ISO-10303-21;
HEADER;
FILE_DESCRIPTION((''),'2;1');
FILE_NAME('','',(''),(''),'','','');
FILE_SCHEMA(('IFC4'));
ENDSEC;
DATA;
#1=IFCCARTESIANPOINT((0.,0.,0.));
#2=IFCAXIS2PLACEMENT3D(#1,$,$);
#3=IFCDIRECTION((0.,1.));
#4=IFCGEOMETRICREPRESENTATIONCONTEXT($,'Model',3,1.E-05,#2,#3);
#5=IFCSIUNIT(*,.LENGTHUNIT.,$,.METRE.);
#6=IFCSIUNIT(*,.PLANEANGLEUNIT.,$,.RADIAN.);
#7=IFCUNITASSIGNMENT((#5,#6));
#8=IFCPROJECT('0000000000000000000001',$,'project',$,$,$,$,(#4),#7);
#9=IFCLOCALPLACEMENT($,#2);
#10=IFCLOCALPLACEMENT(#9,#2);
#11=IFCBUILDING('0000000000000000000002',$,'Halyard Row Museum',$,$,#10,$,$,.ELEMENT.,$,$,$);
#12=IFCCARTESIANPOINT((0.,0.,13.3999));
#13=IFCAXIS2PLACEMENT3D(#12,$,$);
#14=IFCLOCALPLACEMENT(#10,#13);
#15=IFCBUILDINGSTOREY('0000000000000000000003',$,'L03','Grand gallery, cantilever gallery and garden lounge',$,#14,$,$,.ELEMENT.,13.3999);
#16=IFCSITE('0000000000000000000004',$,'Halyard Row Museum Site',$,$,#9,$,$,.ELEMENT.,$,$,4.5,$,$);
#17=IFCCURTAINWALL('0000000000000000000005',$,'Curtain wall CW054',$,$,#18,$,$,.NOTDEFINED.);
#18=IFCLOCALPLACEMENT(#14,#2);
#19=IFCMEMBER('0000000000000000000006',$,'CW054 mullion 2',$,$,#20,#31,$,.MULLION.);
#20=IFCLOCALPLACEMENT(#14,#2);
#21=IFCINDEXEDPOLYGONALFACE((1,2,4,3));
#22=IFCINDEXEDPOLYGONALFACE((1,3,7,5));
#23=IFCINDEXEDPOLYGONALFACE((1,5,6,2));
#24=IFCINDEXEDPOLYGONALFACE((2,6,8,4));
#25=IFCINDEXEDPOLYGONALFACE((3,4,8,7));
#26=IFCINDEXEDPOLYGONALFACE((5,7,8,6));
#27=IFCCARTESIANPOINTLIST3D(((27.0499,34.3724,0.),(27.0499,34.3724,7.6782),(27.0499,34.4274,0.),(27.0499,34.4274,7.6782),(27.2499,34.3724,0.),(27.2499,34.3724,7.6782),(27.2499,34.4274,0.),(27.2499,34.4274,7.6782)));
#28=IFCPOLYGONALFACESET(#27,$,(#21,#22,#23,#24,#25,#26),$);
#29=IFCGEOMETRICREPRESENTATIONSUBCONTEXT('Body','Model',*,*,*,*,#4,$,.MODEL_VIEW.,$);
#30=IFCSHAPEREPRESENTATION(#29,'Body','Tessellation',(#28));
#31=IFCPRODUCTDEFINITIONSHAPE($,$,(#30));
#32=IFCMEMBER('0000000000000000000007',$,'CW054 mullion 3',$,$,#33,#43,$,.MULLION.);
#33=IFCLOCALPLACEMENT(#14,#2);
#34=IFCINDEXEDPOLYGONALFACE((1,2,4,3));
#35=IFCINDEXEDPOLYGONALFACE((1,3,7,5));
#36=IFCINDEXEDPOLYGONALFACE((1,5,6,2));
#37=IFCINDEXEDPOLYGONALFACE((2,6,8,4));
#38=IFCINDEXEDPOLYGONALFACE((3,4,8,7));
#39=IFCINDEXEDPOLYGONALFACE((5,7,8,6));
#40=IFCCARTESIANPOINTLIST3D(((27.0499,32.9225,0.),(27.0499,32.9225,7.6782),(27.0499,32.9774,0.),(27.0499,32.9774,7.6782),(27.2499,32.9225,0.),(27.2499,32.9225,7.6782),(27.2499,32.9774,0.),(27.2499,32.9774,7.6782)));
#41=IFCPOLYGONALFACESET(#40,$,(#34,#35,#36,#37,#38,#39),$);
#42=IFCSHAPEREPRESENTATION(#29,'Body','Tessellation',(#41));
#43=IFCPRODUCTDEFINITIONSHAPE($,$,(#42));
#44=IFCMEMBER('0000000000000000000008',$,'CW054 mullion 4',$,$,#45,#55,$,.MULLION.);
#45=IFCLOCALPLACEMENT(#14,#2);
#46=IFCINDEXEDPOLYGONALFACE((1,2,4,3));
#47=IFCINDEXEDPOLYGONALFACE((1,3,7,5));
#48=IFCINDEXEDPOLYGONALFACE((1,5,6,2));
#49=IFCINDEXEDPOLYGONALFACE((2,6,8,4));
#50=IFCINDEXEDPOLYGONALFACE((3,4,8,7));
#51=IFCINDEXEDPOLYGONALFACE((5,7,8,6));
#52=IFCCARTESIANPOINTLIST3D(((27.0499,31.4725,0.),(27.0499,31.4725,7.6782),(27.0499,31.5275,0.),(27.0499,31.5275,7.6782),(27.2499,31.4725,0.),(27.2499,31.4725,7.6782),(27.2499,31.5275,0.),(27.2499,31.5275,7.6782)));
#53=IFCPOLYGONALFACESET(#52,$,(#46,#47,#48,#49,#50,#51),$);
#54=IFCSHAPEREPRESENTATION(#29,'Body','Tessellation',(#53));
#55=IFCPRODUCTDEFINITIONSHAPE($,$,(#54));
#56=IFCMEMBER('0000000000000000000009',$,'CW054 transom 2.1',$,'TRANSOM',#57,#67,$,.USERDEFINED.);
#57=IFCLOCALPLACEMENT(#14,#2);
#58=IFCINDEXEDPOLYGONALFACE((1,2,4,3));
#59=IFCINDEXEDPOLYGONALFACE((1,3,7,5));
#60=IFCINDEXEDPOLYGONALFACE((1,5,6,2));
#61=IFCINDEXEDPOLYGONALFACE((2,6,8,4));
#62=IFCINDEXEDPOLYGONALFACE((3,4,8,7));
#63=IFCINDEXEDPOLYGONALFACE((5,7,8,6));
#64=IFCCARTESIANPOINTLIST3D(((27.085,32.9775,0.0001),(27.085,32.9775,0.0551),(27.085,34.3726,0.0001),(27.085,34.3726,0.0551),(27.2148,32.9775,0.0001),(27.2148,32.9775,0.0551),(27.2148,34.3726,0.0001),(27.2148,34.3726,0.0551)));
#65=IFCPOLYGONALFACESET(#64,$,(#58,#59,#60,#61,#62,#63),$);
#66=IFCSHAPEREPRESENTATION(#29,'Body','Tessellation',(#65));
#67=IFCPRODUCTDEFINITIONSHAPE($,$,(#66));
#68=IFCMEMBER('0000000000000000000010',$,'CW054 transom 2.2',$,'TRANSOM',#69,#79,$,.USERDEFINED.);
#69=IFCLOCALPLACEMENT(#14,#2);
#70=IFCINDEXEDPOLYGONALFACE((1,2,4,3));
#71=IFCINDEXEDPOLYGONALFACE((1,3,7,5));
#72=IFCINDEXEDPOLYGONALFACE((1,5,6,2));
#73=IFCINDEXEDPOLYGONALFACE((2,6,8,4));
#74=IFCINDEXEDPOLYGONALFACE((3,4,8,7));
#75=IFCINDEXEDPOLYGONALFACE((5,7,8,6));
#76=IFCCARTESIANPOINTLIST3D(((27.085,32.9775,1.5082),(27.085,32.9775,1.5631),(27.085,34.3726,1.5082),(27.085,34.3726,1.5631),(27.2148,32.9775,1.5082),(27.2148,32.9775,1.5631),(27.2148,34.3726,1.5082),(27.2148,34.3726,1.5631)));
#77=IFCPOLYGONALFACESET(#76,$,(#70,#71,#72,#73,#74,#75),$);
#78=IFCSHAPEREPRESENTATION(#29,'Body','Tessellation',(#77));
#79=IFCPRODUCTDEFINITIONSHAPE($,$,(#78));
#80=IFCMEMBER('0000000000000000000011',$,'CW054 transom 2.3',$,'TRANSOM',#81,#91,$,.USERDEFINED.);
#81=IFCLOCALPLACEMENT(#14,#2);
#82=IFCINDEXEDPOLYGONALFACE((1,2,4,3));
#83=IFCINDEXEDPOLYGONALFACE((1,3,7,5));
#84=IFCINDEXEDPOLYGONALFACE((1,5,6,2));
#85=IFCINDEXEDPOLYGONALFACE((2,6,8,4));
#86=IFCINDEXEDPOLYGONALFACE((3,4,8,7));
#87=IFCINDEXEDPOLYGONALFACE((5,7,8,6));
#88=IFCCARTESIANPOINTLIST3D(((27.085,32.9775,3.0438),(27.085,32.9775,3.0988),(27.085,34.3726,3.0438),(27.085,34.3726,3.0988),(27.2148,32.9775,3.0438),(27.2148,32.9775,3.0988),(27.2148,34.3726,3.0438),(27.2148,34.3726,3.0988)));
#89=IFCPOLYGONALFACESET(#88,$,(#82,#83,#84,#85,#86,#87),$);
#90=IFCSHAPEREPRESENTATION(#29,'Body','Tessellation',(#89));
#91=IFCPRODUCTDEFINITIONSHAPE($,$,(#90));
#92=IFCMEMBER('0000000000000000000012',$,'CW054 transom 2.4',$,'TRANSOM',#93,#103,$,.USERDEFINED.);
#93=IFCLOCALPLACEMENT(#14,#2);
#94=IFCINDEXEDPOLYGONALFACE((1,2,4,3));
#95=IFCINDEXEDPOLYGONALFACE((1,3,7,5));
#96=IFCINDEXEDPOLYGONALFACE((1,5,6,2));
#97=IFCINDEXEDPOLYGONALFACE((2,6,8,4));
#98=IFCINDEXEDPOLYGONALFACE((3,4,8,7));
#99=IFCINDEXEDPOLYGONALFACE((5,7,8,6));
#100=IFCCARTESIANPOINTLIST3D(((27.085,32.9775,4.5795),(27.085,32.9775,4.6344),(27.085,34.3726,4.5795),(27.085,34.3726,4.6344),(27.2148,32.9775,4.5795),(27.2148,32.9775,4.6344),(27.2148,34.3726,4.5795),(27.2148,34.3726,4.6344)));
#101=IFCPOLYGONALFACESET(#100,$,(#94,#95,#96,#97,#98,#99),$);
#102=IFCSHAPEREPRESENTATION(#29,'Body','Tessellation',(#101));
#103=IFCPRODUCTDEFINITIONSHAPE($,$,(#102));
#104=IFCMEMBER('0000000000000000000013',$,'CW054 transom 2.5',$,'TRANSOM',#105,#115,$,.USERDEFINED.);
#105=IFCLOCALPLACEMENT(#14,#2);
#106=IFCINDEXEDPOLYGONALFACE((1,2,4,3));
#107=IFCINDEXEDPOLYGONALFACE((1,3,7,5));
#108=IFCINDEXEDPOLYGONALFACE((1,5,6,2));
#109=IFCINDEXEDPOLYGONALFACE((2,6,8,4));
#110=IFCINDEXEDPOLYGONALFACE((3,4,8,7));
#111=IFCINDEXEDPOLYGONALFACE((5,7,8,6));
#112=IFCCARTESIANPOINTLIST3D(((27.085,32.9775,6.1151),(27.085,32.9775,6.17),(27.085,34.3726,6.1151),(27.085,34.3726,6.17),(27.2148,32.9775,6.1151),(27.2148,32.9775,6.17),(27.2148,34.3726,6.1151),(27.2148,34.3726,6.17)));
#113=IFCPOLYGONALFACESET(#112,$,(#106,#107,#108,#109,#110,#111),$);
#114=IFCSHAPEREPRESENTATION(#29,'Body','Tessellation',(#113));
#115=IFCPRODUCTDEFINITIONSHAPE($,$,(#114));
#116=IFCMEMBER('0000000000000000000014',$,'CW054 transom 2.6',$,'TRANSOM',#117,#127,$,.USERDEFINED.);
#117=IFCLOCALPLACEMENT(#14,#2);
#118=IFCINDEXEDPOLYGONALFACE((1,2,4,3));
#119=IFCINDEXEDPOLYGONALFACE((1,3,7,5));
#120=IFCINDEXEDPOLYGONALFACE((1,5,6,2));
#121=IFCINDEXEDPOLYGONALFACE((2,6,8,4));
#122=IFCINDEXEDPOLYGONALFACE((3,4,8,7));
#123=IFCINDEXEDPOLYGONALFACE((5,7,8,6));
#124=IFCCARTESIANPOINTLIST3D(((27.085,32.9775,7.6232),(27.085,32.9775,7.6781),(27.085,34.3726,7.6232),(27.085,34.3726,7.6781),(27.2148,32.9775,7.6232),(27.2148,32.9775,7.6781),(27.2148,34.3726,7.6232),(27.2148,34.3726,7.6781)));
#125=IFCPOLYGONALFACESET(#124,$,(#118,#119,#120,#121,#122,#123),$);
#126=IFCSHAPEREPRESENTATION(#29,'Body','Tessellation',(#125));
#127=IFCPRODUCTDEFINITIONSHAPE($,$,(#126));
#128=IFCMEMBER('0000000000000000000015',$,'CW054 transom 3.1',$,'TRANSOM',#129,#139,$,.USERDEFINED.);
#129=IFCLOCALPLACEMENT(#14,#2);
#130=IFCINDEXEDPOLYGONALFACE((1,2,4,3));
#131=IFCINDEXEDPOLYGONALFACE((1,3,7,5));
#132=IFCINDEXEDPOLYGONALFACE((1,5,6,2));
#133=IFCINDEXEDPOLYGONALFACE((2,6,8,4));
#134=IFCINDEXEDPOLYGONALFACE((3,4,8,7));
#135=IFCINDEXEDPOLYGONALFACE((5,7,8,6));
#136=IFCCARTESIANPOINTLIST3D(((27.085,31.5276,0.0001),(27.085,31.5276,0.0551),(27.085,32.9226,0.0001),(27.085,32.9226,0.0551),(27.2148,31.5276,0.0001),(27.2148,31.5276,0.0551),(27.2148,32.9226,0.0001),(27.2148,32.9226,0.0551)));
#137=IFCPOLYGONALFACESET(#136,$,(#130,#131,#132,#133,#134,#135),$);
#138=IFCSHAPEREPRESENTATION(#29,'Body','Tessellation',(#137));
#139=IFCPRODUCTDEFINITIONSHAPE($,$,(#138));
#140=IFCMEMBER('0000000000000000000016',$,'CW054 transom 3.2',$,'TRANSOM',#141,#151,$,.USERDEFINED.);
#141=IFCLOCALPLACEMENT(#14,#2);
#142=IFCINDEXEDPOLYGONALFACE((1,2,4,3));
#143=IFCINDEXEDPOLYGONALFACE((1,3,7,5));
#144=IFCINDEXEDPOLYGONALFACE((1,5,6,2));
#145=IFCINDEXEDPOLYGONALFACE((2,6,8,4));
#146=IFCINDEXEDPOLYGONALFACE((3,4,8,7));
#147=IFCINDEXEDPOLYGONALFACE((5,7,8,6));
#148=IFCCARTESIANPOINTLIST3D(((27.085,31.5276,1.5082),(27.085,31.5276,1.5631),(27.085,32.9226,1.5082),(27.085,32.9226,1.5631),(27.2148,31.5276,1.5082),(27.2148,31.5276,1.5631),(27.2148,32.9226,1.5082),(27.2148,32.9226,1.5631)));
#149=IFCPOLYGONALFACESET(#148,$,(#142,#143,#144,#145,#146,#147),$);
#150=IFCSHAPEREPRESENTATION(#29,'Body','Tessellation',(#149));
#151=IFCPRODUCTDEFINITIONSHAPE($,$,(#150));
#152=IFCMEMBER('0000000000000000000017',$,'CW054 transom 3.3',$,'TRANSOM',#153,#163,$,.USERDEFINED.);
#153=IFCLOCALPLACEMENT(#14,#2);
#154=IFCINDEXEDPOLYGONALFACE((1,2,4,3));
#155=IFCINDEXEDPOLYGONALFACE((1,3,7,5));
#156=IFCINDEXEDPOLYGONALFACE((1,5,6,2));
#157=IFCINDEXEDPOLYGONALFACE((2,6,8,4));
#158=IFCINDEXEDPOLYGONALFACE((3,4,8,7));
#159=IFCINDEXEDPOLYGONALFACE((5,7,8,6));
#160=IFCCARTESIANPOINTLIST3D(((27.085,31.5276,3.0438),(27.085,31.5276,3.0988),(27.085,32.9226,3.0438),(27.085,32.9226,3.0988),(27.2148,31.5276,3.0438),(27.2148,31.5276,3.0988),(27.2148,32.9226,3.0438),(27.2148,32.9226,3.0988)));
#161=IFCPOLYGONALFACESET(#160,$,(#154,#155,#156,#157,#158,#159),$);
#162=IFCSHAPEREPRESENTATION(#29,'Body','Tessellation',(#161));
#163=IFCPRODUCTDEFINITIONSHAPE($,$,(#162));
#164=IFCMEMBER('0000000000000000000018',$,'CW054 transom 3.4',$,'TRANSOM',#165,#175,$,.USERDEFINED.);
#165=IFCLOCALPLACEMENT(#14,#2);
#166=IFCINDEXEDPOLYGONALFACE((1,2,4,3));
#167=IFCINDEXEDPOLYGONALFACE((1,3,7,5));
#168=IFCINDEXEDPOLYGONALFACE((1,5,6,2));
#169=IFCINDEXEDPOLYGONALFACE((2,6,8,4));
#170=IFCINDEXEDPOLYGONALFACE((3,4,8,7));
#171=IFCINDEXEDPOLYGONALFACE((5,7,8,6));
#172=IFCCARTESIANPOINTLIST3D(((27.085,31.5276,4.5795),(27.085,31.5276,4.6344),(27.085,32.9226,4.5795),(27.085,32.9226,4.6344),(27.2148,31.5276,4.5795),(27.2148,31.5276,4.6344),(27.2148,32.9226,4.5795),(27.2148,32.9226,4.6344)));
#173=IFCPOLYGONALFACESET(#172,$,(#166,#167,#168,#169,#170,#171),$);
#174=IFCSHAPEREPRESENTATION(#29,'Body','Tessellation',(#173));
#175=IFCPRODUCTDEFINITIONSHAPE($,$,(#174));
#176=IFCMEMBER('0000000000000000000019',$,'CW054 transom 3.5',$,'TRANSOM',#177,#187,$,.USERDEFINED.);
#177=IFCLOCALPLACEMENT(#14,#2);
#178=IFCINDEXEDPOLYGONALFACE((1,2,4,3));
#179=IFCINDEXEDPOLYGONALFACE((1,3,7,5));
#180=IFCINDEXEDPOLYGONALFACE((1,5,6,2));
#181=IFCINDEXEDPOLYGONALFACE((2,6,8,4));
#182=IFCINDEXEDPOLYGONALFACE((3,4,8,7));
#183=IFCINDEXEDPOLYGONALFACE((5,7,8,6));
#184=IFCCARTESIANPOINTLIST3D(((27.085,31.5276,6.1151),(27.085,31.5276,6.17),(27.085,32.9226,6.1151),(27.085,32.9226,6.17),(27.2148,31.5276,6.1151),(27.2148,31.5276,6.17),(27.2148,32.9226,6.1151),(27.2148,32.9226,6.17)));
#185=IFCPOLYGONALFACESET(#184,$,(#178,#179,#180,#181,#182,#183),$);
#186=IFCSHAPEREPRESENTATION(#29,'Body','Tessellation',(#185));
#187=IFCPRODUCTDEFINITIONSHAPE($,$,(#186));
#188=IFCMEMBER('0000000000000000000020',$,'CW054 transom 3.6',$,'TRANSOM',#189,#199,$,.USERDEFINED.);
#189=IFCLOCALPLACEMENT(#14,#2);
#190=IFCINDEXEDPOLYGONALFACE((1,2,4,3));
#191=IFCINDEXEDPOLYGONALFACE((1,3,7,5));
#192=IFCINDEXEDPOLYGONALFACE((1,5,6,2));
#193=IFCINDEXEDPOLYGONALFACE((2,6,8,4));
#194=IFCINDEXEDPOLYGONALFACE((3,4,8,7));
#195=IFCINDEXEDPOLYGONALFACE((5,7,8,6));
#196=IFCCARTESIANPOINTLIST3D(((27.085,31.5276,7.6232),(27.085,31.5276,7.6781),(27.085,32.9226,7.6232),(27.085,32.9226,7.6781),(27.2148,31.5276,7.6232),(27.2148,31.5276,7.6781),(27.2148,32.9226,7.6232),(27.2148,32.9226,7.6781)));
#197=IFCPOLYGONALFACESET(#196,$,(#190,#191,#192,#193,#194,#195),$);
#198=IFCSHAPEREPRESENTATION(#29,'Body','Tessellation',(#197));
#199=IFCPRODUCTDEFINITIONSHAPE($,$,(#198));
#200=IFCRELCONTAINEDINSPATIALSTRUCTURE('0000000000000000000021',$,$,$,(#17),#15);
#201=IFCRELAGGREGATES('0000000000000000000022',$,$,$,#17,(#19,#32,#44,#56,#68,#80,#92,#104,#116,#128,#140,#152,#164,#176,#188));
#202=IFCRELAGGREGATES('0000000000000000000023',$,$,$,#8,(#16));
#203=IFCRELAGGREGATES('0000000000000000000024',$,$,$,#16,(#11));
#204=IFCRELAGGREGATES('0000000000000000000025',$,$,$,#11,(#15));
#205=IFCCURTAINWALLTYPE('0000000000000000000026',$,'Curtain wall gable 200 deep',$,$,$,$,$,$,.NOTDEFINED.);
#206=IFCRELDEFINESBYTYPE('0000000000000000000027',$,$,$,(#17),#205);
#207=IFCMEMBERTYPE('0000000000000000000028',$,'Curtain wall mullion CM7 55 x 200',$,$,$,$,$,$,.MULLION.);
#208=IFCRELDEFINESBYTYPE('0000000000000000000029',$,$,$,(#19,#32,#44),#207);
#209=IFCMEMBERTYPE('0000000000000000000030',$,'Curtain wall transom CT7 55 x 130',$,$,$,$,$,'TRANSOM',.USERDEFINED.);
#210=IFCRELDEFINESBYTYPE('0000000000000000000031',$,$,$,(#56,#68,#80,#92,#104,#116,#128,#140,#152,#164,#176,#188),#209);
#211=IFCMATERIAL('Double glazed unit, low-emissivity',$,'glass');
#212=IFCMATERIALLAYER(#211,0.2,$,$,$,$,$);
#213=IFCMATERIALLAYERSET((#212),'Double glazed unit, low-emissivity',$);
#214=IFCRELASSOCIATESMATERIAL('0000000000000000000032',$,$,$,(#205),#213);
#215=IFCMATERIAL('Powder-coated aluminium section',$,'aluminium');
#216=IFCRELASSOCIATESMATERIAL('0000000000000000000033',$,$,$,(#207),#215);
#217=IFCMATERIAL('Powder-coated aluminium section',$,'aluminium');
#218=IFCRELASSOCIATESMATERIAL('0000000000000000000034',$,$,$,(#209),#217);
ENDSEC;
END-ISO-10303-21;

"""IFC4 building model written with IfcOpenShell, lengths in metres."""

from ifc_helpers import new_model, si_unit, direction, frame, origin, origin_2d, place, context, subcontext, project, spatial, rectangle, extrude, material, layer, layer_set, material_profile, profile_set, type_object, element, aggregate, save


model = new_model("IFC4")

# Units and contexts
model_context = context("Model", 3, precision=1e-05, world=origin(), true_north=direction((0.0, 1.0)))
body_context = subcontext(model_context, "Body", "Model", "MODEL_VIEW")
ifc_project = project(units=[si_unit("LENGTHUNIT", "METRE"), si_unit("PLANEANGLEUNIT", "RADIAN")], contexts=[model_context])

# Site, building, storey
site_placement = place(None, origin())
site = spatial("IfcSite", under=ifc_project, at=site_placement, Name="Halyard Row Museum Site", CompositionType="ELEMENT", RefElevation=4.5)
building_placement = place(site_placement, origin())
building = spatial("IfcBuilding", under=site, at=building_placement, Name="Halyard Row Museum", CompositionType="ELEMENT")
storey_placement = place(building_placement, frame((0.0, 0.0, 13.3999)))
storey = spatial("IfcBuildingStorey", under=building, at=storey_placement, Name="L03", Description="Grand gallery, cantilever gallery and garden lounge", CompositionType="ELEMENT", Elevation=13.3999)

# Curtain wall, members
ifc_material_1 = material(Name="Double glazed unit, low-emissivity", Category="glass")
ifc_layer_1 = layer(ifc_material_1, 0.2)
ifc_layer_set_1 = layer_set([ifc_layer_1], Name="Double glazed unit, low-emissivity")
curtain_wall_type = type_object("IfcCurtainWallType", Name="Curtain wall gable 200 deep", PredefinedType="NOTDEFINED", material=ifc_layer_set_1)
curtain_wall_placement = place(storey_placement, origin())
curtain_wall = element("IfcCurtainWall", 1, at=curtain_wall_placement, inside=storey, type_object=curtain_wall_type, Name="Curtain wall CW054", PredefinedType="NOTDEFINED")
ifc_material_2 = material(Name="Powder-coated aluminium section", Category="aluminium")
ifc_material_profile_1 = material_profile(ifc_material_2, rectangle(XDim=0.2, YDim=0.0549, at=origin_2d()), Name="200x55 mullion")
ifc_profile_set_1 = profile_set([ifc_material_profile_1], Name="Powder-coated aluminium section")
member_type_1 = type_object("IfcMemberType", Name="Curtain wall mullion CM7 55 x 200", PredefinedType="MULLION", material=ifc_profile_set_1)
member_1_placement = place(storey_placement, frame((27.1499, 34.3999, 0.0), z_axis=(0.0, 0.0, 1.0), x_axis=(1.0, 0.0, 0.0)))
member_1 = element("IfcMember", 2, at=member_1_placement, type_object=member_type_1, Name="CW054 mullion 2", PredefinedType="MULLION", context=body_context, shape_type="SweptSolid", body=[
    extrude(rectangle(XDim=0.2, YDim=0.0549, at=origin_2d()), origin(), (0.0, 0.0, 1.0), 7.6782),
])
member_2_placement = place(storey_placement, frame((27.1499, 32.95, 0.0), z_axis=(0.0, 0.0, 1.0), x_axis=(1.0, 0.0, 0.0)))
member_2 = element("IfcMember", 3, at=member_2_placement, type_object=member_type_1, Name="CW054 mullion 3", PredefinedType="MULLION", context=body_context, shape_type="SweptSolid", body=[
    extrude(rectangle(XDim=0.2, YDim=0.0549, at=origin_2d()), origin(), (0.0, 0.0, 1.0), 7.6782),
])
member_3_placement = place(storey_placement, frame((27.1499, 31.5, 0.0), z_axis=(0.0, 0.0, 1.0), x_axis=(1.0, 0.0, 0.0)))
member_3 = element("IfcMember", 4, at=member_3_placement, type_object=member_type_1, Name="CW054 mullion 4", PredefinedType="MULLION", context=body_context, shape_type="SweptSolid", body=[
    extrude(rectangle(XDim=0.2, YDim=0.0549, at=origin_2d()), origin(), (0.0, 0.0, 1.0), 7.6782),
])
ifc_material_3 = material(Name="Powder-coated aluminium section", Category="aluminium")
ifc_material_profile_2 = material_profile(ifc_material_3, rectangle(XDim=0.1299, YDim=0.0549, at=origin_2d()), Name="130x55 transom")
ifc_profile_set_2 = profile_set([ifc_material_profile_2], Name="Powder-coated aluminium section")
member_type_2 = type_object("IfcMemberType", Name="Curtain wall transom CT7 55 x 130", ElementType="TRANSOM", PredefinedType="USERDEFINED", material=ifc_profile_set_2)
member_4_placement = place(storey_placement, frame((27.1499, 34.3726, 0.0276), z_axis=(0.0, -1.0, 0.0), x_axis=(1.0, 0.0, 0.0)))
member_4 = element("IfcMember", 5, at=member_4_placement, type_object=member_type_2, Name="CW054 transom 2.1", ObjectType="TRANSOM", PredefinedType="USERDEFINED", context=body_context, shape_type="SweptSolid", body=[
    extrude(rectangle(XDim=0.1299, YDim=0.0549, at=origin_2d()), origin(), (0.0, 0.0, 1.0), 1.395),
])
member_5_placement = place(storey_placement, frame((27.1499, 34.3726, 1.5356), z_axis=(0.0, -1.0, 0.0), x_axis=(1.0, 0.0, 0.0)))
member_5 = element("IfcMember", 6, at=member_5_placement, type_object=member_type_2, Name="CW054 transom 2.2", ObjectType="TRANSOM", PredefinedType="USERDEFINED", context=body_context, shape_type="SweptSolid", body=[
    extrude(rectangle(XDim=0.1299, YDim=0.0549, at=origin_2d()), origin(), (0.0, 0.0, 1.0), 1.395),
])
member_6_placement = place(storey_placement, frame((27.1499, 34.3726, 3.0713), z_axis=(0.0, -1.0, 0.0), x_axis=(1.0, 0.0, 0.0)))
member_6 = element("IfcMember", 7, at=member_6_placement, type_object=member_type_2, Name="CW054 transom 2.3", ObjectType="TRANSOM", PredefinedType="USERDEFINED", context=body_context, shape_type="SweptSolid", body=[
    extrude(rectangle(XDim=0.1299, YDim=0.0549, at=origin_2d()), origin(), (0.0, 0.0, 1.0), 1.395),
])
member_7_placement = place(storey_placement, frame((27.1499, 34.3726, 4.6069), z_axis=(0.0, -1.0, 0.0), x_axis=(1.0, 0.0, 0.0)))
member_7 = element("IfcMember", 8, at=member_7_placement, type_object=member_type_2, Name="CW054 transom 2.4", ObjectType="TRANSOM", PredefinedType="USERDEFINED", context=body_context, shape_type="SweptSolid", body=[
    extrude(rectangle(XDim=0.1299, YDim=0.0549, at=origin_2d()), origin(), (0.0, 0.0, 1.0), 1.395),
])
member_8_placement = place(storey_placement, frame((27.1499, 34.3726, 6.1426), z_axis=(0.0, -1.0, 0.0), x_axis=(1.0, 0.0, 0.0)))
member_8 = element("IfcMember", 9, at=member_8_placement, type_object=member_type_2, Name="CW054 transom 2.5", ObjectType="TRANSOM", PredefinedType="USERDEFINED", context=body_context, shape_type="SweptSolid", body=[
    extrude(rectangle(XDim=0.1299, YDim=0.0549, at=origin_2d()), origin(), (0.0, 0.0, 1.0), 1.395),
])
member_9_placement = place(storey_placement, frame((27.1499, 34.3726, 7.6506), z_axis=(0.0, -1.0, 0.0), x_axis=(1.0, 0.0, 0.0)))
member_9 = element("IfcMember", 10, at=member_9_placement, type_object=member_type_2, Name="CW054 transom 2.6", ObjectType="TRANSOM", PredefinedType="USERDEFINED", context=body_context, shape_type="SweptSolid", body=[
    extrude(rectangle(XDim=0.1299, YDim=0.0549, at=origin_2d()), origin(), (0.0, 0.0, 1.0), 1.395),
])
member_10_placement = place(storey_placement, frame((27.1499, 32.9226, 0.0276), z_axis=(0.0, -1.0, 0.0), x_axis=(1.0, 0.0, 0.0)))
member_10 = element("IfcMember", 11, at=member_10_placement, type_object=member_type_2, Name="CW054 transom 3.1", ObjectType="TRANSOM", PredefinedType="USERDEFINED", context=body_context, shape_type="SweptSolid", body=[
    extrude(rectangle(XDim=0.1299, YDim=0.0549, at=origin_2d()), origin(), (0.0, 0.0, 1.0), 1.395),
])
member_11_placement = place(storey_placement, frame((27.1499, 32.9226, 1.5356), z_axis=(0.0, -1.0, 0.0), x_axis=(1.0, 0.0, 0.0)))
member_11 = element("IfcMember", 12, at=member_11_placement, type_object=member_type_2, Name="CW054 transom 3.2", ObjectType="TRANSOM", PredefinedType="USERDEFINED", context=body_context, shape_type="SweptSolid", body=[
    extrude(rectangle(XDim=0.1299, YDim=0.0549, at=origin_2d()), origin(), (0.0, 0.0, 1.0), 1.395),
])
member_12_placement = place(storey_placement, frame((27.1499, 32.9226, 3.0713), z_axis=(0.0, -1.0, 0.0), x_axis=(1.0, 0.0, 0.0)))
member_12 = element("IfcMember", 13, at=member_12_placement, type_object=member_type_2, Name="CW054 transom 3.3", ObjectType="TRANSOM", PredefinedType="USERDEFINED", context=body_context, shape_type="SweptSolid", body=[
    extrude(rectangle(XDim=0.1299, YDim=0.0549, at=origin_2d()), origin(), (0.0, 0.0, 1.0), 1.395),
])
member_13_placement = place(storey_placement, frame((27.1499, 32.9226, 4.6069), z_axis=(0.0, -1.0, 0.0), x_axis=(1.0, 0.0, 0.0)))
member_13 = element("IfcMember", 14, at=member_13_placement, type_object=member_type_2, Name="CW054 transom 3.4", ObjectType="TRANSOM", PredefinedType="USERDEFINED", context=body_context, shape_type="SweptSolid", body=[
    extrude(rectangle(XDim=0.1299, YDim=0.0549, at=origin_2d()), origin(), (0.0, 0.0, 1.0), 1.395),
])
member_14_placement = place(storey_placement, frame((27.1499, 32.9226, 6.1426), z_axis=(0.0, -1.0, 0.0), x_axis=(1.0, 0.0, 0.0)))
member_14 = element("IfcMember", 15, at=member_14_placement, type_object=member_type_2, Name="CW054 transom 3.5", ObjectType="TRANSOM", PredefinedType="USERDEFINED", context=body_context, shape_type="SweptSolid", body=[
    extrude(rectangle(XDim=0.1299, YDim=0.0549, at=origin_2d()), origin(), (0.0, 0.0, 1.0), 1.395),
])
member_15_placement = place(storey_placement, frame((27.1499, 32.9226, 7.6506), z_axis=(0.0, -1.0, 0.0), x_axis=(1.0, 0.0, 0.0)))
member_15 = element("IfcMember", 16, at=member_15_placement, type_object=member_type_2, Name="CW054 transom 3.6", ObjectType="TRANSOM", PredefinedType="USERDEFINED", context=body_context, shape_type="SweptSolid", body=[
    extrude(rectangle(XDim=0.1299, YDim=0.0549, at=origin_2d()), origin(), (0.0, 0.0, 1.0), 1.395),
])

aggregate(curtain_wall, [member_1, member_2, member_3, member_4, member_5, member_6, member_7, member_8, member_9, member_10, member_11, member_12, member_13, member_14, member_15])

save(model, "model.ifc")
